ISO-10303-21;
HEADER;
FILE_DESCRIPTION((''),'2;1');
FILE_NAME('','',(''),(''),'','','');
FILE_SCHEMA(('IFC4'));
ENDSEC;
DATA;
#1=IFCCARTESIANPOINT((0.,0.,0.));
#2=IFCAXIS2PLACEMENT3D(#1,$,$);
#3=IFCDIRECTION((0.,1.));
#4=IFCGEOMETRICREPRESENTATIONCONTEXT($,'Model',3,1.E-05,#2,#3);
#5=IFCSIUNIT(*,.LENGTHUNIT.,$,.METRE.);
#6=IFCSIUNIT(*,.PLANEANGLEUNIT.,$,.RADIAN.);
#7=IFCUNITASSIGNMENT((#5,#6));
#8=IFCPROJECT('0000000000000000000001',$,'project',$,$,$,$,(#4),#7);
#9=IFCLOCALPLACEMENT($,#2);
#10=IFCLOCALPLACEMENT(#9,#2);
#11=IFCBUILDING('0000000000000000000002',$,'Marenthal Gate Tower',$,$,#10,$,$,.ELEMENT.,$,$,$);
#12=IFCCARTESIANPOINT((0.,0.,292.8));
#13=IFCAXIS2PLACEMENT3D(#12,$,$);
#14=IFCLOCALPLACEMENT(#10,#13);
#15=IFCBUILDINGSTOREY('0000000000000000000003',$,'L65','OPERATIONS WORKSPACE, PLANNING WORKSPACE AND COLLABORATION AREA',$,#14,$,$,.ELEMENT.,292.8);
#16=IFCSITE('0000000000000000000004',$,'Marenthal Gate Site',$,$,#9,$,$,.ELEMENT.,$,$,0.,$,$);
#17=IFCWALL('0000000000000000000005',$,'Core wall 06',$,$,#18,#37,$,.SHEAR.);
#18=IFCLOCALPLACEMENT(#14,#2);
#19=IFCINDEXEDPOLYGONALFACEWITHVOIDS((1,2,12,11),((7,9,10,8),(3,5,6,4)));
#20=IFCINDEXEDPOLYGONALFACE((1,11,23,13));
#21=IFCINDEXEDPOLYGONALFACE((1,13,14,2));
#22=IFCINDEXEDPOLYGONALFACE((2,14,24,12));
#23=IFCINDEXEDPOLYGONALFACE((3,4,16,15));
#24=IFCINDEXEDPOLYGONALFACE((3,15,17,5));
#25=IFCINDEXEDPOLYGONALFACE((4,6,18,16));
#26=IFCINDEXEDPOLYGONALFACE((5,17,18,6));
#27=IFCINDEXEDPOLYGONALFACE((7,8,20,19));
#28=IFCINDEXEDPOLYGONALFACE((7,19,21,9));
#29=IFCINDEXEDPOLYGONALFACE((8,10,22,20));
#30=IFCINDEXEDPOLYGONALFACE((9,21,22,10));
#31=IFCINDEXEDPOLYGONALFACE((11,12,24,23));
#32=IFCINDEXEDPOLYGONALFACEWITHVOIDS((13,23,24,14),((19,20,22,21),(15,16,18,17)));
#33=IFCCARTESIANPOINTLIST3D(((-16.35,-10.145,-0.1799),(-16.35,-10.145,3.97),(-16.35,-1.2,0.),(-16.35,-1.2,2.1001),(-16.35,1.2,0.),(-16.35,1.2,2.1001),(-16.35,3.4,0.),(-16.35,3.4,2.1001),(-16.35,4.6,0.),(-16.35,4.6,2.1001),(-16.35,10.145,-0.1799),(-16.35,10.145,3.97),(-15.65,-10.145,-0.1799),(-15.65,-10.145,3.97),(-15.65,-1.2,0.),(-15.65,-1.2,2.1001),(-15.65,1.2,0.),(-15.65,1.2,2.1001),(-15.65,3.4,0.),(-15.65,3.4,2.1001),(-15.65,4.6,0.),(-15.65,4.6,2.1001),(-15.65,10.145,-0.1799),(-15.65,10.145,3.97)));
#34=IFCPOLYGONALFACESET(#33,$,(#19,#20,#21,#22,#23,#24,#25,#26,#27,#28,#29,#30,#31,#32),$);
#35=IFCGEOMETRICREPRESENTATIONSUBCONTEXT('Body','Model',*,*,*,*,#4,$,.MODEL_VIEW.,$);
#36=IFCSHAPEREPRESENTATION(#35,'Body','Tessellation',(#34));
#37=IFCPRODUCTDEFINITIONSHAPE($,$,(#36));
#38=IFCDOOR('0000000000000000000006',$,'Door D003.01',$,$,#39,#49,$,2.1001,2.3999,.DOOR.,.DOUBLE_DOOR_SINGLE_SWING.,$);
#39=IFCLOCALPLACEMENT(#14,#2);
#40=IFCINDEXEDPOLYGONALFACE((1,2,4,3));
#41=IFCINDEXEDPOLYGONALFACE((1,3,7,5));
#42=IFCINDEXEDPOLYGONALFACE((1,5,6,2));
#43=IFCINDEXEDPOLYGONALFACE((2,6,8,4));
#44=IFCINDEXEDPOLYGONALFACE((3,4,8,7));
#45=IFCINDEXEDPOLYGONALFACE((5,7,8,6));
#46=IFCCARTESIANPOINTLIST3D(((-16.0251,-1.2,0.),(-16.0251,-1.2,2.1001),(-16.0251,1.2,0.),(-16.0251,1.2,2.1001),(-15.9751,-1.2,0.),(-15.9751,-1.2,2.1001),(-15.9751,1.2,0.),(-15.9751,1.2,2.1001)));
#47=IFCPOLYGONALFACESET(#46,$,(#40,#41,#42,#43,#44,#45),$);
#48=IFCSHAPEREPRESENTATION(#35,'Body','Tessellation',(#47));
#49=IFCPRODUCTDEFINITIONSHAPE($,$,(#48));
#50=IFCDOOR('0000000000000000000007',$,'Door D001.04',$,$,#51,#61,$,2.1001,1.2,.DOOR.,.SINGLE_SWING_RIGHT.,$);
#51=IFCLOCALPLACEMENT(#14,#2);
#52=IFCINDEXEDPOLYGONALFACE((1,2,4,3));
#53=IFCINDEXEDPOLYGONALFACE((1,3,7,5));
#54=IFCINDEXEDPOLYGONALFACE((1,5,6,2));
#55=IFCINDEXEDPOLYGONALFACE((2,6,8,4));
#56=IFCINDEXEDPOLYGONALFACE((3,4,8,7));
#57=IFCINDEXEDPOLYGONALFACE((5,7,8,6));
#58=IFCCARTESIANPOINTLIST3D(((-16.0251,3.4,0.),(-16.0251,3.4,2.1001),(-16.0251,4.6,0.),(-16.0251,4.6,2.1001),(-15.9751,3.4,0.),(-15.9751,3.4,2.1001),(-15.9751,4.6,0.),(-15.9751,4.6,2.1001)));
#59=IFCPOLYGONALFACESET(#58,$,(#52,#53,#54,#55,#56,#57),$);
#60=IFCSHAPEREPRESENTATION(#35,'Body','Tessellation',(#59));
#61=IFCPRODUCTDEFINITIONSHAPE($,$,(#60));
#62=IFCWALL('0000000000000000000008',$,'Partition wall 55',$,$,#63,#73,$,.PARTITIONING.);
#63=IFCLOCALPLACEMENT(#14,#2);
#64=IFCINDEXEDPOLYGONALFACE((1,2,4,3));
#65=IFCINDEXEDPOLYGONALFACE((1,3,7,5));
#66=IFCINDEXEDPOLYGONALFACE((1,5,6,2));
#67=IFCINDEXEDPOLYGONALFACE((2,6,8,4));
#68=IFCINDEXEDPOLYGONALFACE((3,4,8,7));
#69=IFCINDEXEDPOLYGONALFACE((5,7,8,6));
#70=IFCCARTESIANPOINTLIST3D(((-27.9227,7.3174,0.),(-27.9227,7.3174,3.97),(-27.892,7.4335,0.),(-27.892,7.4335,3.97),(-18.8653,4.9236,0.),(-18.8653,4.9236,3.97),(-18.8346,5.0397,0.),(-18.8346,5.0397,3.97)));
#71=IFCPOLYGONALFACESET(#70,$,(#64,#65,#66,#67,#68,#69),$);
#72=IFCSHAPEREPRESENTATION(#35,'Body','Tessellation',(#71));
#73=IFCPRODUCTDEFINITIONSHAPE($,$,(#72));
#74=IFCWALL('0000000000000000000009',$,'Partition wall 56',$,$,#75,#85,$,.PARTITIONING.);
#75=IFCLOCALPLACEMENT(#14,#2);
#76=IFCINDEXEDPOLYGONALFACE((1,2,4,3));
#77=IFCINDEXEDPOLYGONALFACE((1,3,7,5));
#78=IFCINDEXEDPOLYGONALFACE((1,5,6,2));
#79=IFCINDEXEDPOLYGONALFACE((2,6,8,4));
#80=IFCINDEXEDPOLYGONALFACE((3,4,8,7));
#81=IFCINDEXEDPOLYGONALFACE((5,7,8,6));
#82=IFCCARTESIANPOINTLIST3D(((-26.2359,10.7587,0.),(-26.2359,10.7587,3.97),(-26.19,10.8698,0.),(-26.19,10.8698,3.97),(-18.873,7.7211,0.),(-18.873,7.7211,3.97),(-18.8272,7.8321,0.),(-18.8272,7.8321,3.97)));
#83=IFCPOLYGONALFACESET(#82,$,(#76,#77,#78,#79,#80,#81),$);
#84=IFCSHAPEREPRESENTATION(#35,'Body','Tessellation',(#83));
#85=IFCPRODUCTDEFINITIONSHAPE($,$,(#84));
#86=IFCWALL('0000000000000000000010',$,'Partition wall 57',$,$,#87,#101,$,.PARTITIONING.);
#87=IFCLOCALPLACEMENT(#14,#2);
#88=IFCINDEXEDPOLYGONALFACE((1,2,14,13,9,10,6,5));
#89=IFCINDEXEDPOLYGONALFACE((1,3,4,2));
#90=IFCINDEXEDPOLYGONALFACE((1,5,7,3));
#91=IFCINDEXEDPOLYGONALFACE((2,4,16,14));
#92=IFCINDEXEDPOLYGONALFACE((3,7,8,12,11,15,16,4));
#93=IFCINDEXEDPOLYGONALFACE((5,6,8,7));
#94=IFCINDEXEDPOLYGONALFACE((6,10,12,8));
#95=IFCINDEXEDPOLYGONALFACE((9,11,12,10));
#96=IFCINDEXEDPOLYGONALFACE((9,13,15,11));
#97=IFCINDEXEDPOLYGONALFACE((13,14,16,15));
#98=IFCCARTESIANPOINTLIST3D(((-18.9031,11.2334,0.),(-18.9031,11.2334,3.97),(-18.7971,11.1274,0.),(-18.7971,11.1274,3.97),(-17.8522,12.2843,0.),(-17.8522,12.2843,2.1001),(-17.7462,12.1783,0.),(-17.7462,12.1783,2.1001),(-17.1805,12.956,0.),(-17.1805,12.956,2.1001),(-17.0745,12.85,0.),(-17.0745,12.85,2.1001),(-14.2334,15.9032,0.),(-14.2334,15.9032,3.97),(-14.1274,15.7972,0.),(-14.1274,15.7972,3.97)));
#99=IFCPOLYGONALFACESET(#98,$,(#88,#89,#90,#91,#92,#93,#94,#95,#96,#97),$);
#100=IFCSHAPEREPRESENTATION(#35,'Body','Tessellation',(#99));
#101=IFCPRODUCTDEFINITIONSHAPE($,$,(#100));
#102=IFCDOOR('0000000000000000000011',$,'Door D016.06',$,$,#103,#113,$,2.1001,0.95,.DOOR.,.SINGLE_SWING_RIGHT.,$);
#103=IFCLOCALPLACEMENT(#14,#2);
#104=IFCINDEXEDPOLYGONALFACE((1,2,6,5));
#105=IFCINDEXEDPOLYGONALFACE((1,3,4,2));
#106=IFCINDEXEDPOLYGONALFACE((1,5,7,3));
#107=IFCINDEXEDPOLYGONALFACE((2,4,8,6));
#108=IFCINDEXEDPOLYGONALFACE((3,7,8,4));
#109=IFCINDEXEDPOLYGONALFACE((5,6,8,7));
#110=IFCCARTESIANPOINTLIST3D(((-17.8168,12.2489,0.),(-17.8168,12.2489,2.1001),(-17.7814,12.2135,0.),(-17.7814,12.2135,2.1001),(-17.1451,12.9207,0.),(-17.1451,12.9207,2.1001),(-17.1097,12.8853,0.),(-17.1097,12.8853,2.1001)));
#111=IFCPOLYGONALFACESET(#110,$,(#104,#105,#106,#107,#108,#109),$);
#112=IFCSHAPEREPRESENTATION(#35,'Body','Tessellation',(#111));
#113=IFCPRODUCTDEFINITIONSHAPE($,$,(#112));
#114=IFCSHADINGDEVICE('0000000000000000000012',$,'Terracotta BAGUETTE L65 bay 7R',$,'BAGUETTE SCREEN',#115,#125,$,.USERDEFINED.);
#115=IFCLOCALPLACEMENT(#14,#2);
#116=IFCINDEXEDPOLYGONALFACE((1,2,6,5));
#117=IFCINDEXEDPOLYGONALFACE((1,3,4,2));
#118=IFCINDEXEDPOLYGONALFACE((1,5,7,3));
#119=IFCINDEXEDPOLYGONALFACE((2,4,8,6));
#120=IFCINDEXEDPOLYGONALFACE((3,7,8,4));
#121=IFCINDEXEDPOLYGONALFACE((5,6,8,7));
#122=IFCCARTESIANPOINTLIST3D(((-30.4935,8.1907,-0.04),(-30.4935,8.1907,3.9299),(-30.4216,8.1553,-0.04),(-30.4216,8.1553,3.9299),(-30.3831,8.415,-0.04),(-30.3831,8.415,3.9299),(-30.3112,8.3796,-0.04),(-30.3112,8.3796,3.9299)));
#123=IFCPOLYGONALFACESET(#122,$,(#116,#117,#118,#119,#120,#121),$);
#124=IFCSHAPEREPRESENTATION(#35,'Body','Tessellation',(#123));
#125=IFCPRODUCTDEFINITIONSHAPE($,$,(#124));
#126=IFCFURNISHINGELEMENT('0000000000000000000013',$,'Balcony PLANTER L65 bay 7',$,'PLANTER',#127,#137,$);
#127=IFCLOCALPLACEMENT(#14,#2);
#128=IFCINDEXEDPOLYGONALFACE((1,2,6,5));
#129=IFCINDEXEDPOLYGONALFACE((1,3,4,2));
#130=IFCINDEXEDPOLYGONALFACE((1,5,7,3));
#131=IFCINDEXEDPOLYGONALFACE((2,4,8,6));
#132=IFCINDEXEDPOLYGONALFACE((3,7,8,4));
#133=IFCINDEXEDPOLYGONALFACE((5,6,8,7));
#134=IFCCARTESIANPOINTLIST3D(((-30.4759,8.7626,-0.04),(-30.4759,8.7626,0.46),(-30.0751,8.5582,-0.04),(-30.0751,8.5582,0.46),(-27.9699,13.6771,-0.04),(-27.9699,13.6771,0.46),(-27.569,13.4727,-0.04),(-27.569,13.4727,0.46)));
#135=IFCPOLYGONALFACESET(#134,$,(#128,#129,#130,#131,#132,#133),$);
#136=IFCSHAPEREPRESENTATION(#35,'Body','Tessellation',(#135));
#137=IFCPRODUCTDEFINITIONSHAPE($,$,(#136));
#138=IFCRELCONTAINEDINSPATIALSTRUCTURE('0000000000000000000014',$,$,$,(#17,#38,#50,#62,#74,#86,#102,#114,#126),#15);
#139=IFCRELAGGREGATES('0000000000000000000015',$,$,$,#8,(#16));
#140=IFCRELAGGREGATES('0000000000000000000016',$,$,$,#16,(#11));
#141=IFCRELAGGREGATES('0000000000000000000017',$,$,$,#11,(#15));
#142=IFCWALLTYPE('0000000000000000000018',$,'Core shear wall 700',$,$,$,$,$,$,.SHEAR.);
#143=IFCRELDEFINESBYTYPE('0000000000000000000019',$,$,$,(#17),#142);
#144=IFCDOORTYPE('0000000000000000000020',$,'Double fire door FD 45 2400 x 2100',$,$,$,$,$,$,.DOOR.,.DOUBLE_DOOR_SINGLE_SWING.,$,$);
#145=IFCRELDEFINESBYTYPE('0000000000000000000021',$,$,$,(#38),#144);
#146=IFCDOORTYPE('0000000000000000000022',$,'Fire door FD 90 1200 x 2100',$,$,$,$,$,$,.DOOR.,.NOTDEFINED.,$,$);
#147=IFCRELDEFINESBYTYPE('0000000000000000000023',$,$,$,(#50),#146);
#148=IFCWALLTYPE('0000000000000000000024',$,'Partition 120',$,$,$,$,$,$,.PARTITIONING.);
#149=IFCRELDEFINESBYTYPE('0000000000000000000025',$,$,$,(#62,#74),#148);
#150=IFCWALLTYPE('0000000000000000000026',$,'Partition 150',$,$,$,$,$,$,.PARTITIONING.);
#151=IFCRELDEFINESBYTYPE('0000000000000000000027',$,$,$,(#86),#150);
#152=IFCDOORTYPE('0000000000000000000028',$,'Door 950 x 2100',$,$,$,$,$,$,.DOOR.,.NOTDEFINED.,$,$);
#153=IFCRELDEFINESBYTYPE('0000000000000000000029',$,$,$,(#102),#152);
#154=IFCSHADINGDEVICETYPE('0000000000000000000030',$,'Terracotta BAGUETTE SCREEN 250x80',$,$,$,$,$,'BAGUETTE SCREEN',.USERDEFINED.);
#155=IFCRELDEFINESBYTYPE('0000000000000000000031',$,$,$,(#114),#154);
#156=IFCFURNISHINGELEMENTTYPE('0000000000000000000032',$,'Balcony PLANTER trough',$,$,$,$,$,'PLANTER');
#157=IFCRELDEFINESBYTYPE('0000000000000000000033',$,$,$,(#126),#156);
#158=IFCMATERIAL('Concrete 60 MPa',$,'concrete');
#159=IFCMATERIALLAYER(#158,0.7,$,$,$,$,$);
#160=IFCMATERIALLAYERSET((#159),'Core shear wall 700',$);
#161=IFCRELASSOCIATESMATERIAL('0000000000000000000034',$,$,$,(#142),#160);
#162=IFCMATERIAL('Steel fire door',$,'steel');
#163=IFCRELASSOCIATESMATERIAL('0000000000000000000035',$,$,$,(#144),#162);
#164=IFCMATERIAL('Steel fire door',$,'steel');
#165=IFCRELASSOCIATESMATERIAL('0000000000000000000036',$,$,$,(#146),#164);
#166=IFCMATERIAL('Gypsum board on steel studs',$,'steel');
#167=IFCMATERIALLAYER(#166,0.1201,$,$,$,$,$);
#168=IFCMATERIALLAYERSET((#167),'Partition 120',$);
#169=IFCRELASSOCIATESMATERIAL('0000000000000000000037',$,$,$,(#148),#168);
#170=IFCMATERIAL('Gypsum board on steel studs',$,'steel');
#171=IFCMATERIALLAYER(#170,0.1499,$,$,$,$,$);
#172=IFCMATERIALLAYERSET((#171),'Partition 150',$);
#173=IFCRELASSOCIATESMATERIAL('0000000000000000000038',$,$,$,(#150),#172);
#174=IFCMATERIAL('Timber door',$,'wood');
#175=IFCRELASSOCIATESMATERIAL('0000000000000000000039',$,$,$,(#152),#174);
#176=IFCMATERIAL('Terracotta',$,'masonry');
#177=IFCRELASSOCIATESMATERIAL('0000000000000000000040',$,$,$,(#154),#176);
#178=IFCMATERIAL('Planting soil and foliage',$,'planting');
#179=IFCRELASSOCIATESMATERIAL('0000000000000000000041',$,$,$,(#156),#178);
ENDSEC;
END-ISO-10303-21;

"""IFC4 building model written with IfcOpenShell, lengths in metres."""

from ifc_helpers import new_model, si_unit, direction, frame, frame_2d, origin, origin_2d, place, context, subcontext, project, spatial, rectangle, extrude, material, layer, layer_set, material_profile, profile_set, type_object, element, fill, save


model = new_model("IFC4")

# Units and contexts
model_context = context("Model", 3, precision=1e-05, world=origin(), true_north=direction((0.0, 1.0)))
body_context = subcontext(model_context, "Body", "Model", "MODEL_VIEW")
ifc_project = project(units=[si_unit("LENGTHUNIT", "METRE"), si_unit("PLANEANGLEUNIT", "RADIAN")], contexts=[model_context])

# Site, building, storey
site_placement = place(None, origin())
site = spatial("IfcSite", under=ifc_project, at=site_placement, Name="Marenthal Gate Site", CompositionType="ELEMENT", RefElevation=0.0)
building_placement = place(site_placement, origin())
building = spatial("IfcBuilding", under=site, at=building_placement, Name="Marenthal Gate Tower", CompositionType="ELEMENT")
storey_placement = place(building_placement, frame((0.0, 0.0, 292.8)))
storey = spatial("IfcBuildingStorey", under=building, at=storey_placement, Name="L65", Description="OPERATIONS WORKSPACE, PLANNING WORKSPACE AND COLLABORATION AREA", CompositionType="ELEMENT", Elevation=292.8)

# Wall, openings, doors
ifc_material_1 = material(Name="Concrete 60 MPa", Category="concrete")
ifc_layer_1 = layer(ifc_material_1, 0.7)
ifc_layer_set_1 = layer_set([ifc_layer_1], Name="Core shear wall 700")
wall_type_1 = type_object("IfcWallType", Name="Core shear wall 700", PredefinedType="SHEAR", material=ifc_layer_set_1)
wall_1_placement = place(storey_placement, frame((-16.0, 10.145, -0.1799), z_axis=(0.0, 0.0, 1.0), x_axis=(0.0, -1.0, 0.0)))
wall_1 = element("IfcWall", 1, at=wall_1_placement, inside=storey, type_object=wall_type_1, Name="Core wall 06", PredefinedType="SHEAR", context=body_context, shape_type="SweptSolid", body=[
    extrude(rectangle(XDim=20.29, YDim=0.7, at=frame_2d((10.145, 0.0))), origin(), (0.0, 0.0, 1.0), 4.1499),
])
opening_1_placement = place(wall_1_placement, frame((8.9451, 0.0, 0.1799)))
opening_1 = element("IfcOpeningElement", 2, at=opening_1_placement, cuts=wall_1, PredefinedType="OPENING", context=body_context, shape_type="SweptSolid", body=[
    extrude(rectangle(XDim=2.3999, YDim=2.1001, at=frame_2d((1.2, 1.05))), frame((0.0, 0.3599, 0.0), z_axis=(0.0, -1.0, 0.0), x_axis=(1.0, 0.0, 0.0)), (0.0, 0.0, 1.0), 0.72),
])
opening_2_placement = place(wall_1_placement, frame((5.5449, 0.0, 0.1799)))
opening_2 = element("IfcOpeningElement", 3, at=opening_2_placement, cuts=wall_1, PredefinedType="OPENING", context=body_context, shape_type="SweptSolid", body=[
    extrude(rectangle(XDim=1.2, YDim=2.1001, at=frame_2d((0.6001, 1.05))), frame((0.0, 0.3599, 0.0), z_axis=(0.0, -1.0, 0.0), x_axis=(1.0, 0.0, 0.0)), (0.0, 0.0, 1.0), 0.72),
])
ifc_material_2 = material(Name="Steel fire door", Category="steel")
door_type_1 = type_object("IfcDoorType", Name="Double fire door FD 45 2400 x 2100", OperationType="DOUBLE_DOOR_SINGLE_SWING", PredefinedType="DOOR", material=ifc_material_2)
door_1_placement = place(opening_1_placement, origin())
door_1 = element("IfcDoor", 4, at=door_1_placement, inside=storey, type_object=door_type_1, Name="Door D003.01", OperationType="DOUBLE_DOOR_SINGLE_SWING", OverallHeight=2.1001, OverallWidth=2.3999, PredefinedType="DOOR", context=body_context, shape_type="SweptSolid", body=[
    extrude(rectangle(XDim=2.3999, YDim=2.1001, at=frame_2d((1.2, 1.05))), frame((0.0, 0.0249, 0.0), z_axis=(0.0, -1.0, 0.0), x_axis=(1.0, 0.0, 0.0)), (0.0, 0.0, 1.0), 0.05),
])
fill(opening_1, door_1)
ifc_material_3 = material(Name="Steel fire door", Category="steel")
door_type_2 = type_object("IfcDoorType", Name="Fire door FD 90 1200 x 2100", OperationType="NOTDEFINED", PredefinedType="DOOR", material=ifc_material_3)
door_2_placement = place(opening_2_placement, origin())
door_2 = element("IfcDoor", 5, at=door_2_placement, inside=storey, type_object=door_type_2, Name="Door D001.04", OperationType="SINGLE_SWING_RIGHT", OverallHeight=2.1001, OverallWidth=1.2, PredefinedType="DOOR", context=body_context, shape_type="SweptSolid", body=[
    extrude(rectangle(XDim=1.2, YDim=2.1001, at=frame_2d((0.6001, 1.05))), frame((0.0, 0.0249, 0.0), z_axis=(0.0, -1.0, 0.0), x_axis=(1.0, 0.0, 0.0)), (0.0, 0.0, 1.0), 0.05),
])
fill(opening_2, door_2)

# Walls
ifc_material_4 = material(Name="Gypsum board on steel studs", Category="steel")
ifc_layer_2 = layer(ifc_material_4, 0.1201)
ifc_layer_set_2 = layer_set([ifc_layer_2], Name="Partition 120")
wall_type_2 = type_object("IfcWallType", Name="Partition 120", PredefinedType="PARTITIONING", material=ifc_layer_set_2)
wall_2_placement = place(storey_placement, frame((-18.8501, 4.9817, 0.0), z_axis=(0.0, 0.0, 1.0), x_axis=(-0.966804, 0.255519, 0.0)))
element("IfcWall", 6, at=wall_2_placement, inside=storey, type_object=wall_type_2, Name="Partition wall 55", PredefinedType="PARTITIONING", context=body_context, shape_type="SweptSolid", body=[
    extrude(rectangle(XDim=9.3684, YDim=0.1201, at=frame_2d((4.6841, 0.0))), origin(), (0.0, 0.0, 1.0), 3.97),
])
wall_3_placement = place(storey_placement, frame((-18.8501, 7.7766, 0.0), z_axis=(0.0, 0.0, 1.0), x_axis=(-0.924419, 0.381379, 0.0)))
element("IfcWall", 7, at=wall_3_placement, inside=storey, type_object=wall_type_2, Name="Partition wall 56", PredefinedType="PARTITIONING", context=body_context, shape_type="SweptSolid", body=[
    extrude(rectangle(XDim=7.9648, YDim=0.1201, at=frame_2d((3.9824, 0.0))), origin(), (0.0, 0.0, 1.0), 3.97),
])

# Wall, opening, door
ifc_material_5 = material(Name="Gypsum board on steel studs", Category="steel")
ifc_layer_3 = layer(ifc_material_5, 0.1499)
ifc_layer_set_3 = layer_set([ifc_layer_3], Name="Partition 150")
wall_type_3 = type_object("IfcWallType", Name="Partition 150", PredefinedType="PARTITIONING", material=ifc_layer_set_3)
wall_4_placement = place(storey_placement, frame((-18.8501, 11.1804, 0.0), z_axis=(0.0, 0.0, 1.0), x_axis=(0.707107, 0.707107, 0.0)))
wall_4 = element("IfcWall", 8, at=wall_4_placement, inside=storey, type_object=wall_type_3, Name="Partition wall 57", PredefinedType="PARTITIONING", context=body_context, shape_type="SweptSolid", body=[
    extrude(rectangle(XDim=6.604, YDim=0.1499, at=frame_2d((3.302, 0.0))), origin(), (0.0, 0.0, 1.0), 3.97),
])
opening_3_placement = place(wall_4_placement, frame((1.4861, 0.0, 0.0)))
opening_3 = element("IfcOpeningElement", 9, at=opening_3_placement, cuts=wall_4, PredefinedType="OPENING", context=body_context, shape_type="SweptSolid", body=[
    extrude(rectangle(XDim=0.95, YDim=2.1001, at=frame_2d((0.4751, 1.05))), frame((0.0, 0.085, 0.0), z_axis=(0.0, -1.0, 0.0), x_axis=(1.0, 0.0, 0.0)), (0.0, 0.0, 1.0), 0.1699),
])
ifc_material_6 = material(Name="Timber door", Category="wood")
door_type_3 = type_object("IfcDoorType", Name="Door 950 x 2100", OperationType="NOTDEFINED", PredefinedType="DOOR", material=ifc_material_6)
door_3_placement = place(opening_3_placement, origin())
door_3 = element("IfcDoor", 10, at=door_3_placement, inside=storey, type_object=door_type_3, Name="Door D016.06", OperationType="SINGLE_SWING_RIGHT", OverallHeight=2.1001, OverallWidth=0.95, PredefinedType="DOOR", context=body_context, shape_type="SweptSolid", body=[
    extrude(rectangle(XDim=0.95, YDim=2.1001, at=frame_2d((0.4751, 1.05))), frame((0.0, 0.0249, 0.0), z_axis=(0.0, -1.0, 0.0), x_axis=(1.0, 0.0, 0.0)), (0.0, 0.0, 1.0), 0.05),
])
fill(opening_3, door_3)

# Shading device
ifc_material_7 = material(Name="Terracotta", Category="masonry")
ifc_material_profile_1 = material_profile(ifc_material_7, rectangle(XDim=0.25, YDim=0.0801, at=origin_2d()), Name="Terracotta baguette 250x80")
ifc_profile_set_1 = profile_set([ifc_material_profile_1], Name="Terracotta")
shading_device_type = type_object("IfcShadingDeviceType", Name="Terracotta BAGUETTE SCREEN 250x80", ElementType="BAGUETTE SCREEN", PredefinedType="USERDEFINED", material=ifc_profile_set_1)
shading_device_placement = place(storey_placement, frame((-30.4023, 8.2852, -0.04), z_axis=(0.0, 0.0, 1.0), x_axis=(-0.441711, -0.897157, 0.0)))
element("IfcShadingDevice", 11, at=shading_device_placement, inside=storey, type_object=shading_device_type, Name="Terracotta BAGUETTE L65 bay 7R", ObjectType="BAGUETTE SCREEN", PredefinedType="USERDEFINED", context=body_context, shape_type="SweptSolid", body=[
    extrude(rectangle(XDim=0.25, YDim=0.0801, at=origin_2d()), origin(), (0.0, 0.0, 1.0), 3.97),
])

# Furnishing element
ifc_material_8 = material(Name="Planting soil and foliage", Category="planting")
furnishing_element_type = type_object("IfcFurnishingElementType", Name="Balcony PLANTER trough", ElementType="PLANTER", material=ifc_material_8)
furnishing_placement = place(storey_placement, frame((-29.0225, 11.1177, -0.04), z_axis=(0.0, 0.0, 1.0), x_axis=(-0.454273, -0.890862, 0.0)))
element("IfcFurnishingElement", 12, at=furnishing_placement, inside=storey, type_object=furnishing_element_type, Name="Balcony PLANTER L65 bay 7", ObjectType="PLANTER", context=body_context, shape_type="SweptSolid", body=[
    extrude(rectangle(XDim=5.5166, YDim=0.45, at=origin_2d()), origin(), (0.0, 0.0, 1.0), 0.5),
])

save(model, "model.ifc")
